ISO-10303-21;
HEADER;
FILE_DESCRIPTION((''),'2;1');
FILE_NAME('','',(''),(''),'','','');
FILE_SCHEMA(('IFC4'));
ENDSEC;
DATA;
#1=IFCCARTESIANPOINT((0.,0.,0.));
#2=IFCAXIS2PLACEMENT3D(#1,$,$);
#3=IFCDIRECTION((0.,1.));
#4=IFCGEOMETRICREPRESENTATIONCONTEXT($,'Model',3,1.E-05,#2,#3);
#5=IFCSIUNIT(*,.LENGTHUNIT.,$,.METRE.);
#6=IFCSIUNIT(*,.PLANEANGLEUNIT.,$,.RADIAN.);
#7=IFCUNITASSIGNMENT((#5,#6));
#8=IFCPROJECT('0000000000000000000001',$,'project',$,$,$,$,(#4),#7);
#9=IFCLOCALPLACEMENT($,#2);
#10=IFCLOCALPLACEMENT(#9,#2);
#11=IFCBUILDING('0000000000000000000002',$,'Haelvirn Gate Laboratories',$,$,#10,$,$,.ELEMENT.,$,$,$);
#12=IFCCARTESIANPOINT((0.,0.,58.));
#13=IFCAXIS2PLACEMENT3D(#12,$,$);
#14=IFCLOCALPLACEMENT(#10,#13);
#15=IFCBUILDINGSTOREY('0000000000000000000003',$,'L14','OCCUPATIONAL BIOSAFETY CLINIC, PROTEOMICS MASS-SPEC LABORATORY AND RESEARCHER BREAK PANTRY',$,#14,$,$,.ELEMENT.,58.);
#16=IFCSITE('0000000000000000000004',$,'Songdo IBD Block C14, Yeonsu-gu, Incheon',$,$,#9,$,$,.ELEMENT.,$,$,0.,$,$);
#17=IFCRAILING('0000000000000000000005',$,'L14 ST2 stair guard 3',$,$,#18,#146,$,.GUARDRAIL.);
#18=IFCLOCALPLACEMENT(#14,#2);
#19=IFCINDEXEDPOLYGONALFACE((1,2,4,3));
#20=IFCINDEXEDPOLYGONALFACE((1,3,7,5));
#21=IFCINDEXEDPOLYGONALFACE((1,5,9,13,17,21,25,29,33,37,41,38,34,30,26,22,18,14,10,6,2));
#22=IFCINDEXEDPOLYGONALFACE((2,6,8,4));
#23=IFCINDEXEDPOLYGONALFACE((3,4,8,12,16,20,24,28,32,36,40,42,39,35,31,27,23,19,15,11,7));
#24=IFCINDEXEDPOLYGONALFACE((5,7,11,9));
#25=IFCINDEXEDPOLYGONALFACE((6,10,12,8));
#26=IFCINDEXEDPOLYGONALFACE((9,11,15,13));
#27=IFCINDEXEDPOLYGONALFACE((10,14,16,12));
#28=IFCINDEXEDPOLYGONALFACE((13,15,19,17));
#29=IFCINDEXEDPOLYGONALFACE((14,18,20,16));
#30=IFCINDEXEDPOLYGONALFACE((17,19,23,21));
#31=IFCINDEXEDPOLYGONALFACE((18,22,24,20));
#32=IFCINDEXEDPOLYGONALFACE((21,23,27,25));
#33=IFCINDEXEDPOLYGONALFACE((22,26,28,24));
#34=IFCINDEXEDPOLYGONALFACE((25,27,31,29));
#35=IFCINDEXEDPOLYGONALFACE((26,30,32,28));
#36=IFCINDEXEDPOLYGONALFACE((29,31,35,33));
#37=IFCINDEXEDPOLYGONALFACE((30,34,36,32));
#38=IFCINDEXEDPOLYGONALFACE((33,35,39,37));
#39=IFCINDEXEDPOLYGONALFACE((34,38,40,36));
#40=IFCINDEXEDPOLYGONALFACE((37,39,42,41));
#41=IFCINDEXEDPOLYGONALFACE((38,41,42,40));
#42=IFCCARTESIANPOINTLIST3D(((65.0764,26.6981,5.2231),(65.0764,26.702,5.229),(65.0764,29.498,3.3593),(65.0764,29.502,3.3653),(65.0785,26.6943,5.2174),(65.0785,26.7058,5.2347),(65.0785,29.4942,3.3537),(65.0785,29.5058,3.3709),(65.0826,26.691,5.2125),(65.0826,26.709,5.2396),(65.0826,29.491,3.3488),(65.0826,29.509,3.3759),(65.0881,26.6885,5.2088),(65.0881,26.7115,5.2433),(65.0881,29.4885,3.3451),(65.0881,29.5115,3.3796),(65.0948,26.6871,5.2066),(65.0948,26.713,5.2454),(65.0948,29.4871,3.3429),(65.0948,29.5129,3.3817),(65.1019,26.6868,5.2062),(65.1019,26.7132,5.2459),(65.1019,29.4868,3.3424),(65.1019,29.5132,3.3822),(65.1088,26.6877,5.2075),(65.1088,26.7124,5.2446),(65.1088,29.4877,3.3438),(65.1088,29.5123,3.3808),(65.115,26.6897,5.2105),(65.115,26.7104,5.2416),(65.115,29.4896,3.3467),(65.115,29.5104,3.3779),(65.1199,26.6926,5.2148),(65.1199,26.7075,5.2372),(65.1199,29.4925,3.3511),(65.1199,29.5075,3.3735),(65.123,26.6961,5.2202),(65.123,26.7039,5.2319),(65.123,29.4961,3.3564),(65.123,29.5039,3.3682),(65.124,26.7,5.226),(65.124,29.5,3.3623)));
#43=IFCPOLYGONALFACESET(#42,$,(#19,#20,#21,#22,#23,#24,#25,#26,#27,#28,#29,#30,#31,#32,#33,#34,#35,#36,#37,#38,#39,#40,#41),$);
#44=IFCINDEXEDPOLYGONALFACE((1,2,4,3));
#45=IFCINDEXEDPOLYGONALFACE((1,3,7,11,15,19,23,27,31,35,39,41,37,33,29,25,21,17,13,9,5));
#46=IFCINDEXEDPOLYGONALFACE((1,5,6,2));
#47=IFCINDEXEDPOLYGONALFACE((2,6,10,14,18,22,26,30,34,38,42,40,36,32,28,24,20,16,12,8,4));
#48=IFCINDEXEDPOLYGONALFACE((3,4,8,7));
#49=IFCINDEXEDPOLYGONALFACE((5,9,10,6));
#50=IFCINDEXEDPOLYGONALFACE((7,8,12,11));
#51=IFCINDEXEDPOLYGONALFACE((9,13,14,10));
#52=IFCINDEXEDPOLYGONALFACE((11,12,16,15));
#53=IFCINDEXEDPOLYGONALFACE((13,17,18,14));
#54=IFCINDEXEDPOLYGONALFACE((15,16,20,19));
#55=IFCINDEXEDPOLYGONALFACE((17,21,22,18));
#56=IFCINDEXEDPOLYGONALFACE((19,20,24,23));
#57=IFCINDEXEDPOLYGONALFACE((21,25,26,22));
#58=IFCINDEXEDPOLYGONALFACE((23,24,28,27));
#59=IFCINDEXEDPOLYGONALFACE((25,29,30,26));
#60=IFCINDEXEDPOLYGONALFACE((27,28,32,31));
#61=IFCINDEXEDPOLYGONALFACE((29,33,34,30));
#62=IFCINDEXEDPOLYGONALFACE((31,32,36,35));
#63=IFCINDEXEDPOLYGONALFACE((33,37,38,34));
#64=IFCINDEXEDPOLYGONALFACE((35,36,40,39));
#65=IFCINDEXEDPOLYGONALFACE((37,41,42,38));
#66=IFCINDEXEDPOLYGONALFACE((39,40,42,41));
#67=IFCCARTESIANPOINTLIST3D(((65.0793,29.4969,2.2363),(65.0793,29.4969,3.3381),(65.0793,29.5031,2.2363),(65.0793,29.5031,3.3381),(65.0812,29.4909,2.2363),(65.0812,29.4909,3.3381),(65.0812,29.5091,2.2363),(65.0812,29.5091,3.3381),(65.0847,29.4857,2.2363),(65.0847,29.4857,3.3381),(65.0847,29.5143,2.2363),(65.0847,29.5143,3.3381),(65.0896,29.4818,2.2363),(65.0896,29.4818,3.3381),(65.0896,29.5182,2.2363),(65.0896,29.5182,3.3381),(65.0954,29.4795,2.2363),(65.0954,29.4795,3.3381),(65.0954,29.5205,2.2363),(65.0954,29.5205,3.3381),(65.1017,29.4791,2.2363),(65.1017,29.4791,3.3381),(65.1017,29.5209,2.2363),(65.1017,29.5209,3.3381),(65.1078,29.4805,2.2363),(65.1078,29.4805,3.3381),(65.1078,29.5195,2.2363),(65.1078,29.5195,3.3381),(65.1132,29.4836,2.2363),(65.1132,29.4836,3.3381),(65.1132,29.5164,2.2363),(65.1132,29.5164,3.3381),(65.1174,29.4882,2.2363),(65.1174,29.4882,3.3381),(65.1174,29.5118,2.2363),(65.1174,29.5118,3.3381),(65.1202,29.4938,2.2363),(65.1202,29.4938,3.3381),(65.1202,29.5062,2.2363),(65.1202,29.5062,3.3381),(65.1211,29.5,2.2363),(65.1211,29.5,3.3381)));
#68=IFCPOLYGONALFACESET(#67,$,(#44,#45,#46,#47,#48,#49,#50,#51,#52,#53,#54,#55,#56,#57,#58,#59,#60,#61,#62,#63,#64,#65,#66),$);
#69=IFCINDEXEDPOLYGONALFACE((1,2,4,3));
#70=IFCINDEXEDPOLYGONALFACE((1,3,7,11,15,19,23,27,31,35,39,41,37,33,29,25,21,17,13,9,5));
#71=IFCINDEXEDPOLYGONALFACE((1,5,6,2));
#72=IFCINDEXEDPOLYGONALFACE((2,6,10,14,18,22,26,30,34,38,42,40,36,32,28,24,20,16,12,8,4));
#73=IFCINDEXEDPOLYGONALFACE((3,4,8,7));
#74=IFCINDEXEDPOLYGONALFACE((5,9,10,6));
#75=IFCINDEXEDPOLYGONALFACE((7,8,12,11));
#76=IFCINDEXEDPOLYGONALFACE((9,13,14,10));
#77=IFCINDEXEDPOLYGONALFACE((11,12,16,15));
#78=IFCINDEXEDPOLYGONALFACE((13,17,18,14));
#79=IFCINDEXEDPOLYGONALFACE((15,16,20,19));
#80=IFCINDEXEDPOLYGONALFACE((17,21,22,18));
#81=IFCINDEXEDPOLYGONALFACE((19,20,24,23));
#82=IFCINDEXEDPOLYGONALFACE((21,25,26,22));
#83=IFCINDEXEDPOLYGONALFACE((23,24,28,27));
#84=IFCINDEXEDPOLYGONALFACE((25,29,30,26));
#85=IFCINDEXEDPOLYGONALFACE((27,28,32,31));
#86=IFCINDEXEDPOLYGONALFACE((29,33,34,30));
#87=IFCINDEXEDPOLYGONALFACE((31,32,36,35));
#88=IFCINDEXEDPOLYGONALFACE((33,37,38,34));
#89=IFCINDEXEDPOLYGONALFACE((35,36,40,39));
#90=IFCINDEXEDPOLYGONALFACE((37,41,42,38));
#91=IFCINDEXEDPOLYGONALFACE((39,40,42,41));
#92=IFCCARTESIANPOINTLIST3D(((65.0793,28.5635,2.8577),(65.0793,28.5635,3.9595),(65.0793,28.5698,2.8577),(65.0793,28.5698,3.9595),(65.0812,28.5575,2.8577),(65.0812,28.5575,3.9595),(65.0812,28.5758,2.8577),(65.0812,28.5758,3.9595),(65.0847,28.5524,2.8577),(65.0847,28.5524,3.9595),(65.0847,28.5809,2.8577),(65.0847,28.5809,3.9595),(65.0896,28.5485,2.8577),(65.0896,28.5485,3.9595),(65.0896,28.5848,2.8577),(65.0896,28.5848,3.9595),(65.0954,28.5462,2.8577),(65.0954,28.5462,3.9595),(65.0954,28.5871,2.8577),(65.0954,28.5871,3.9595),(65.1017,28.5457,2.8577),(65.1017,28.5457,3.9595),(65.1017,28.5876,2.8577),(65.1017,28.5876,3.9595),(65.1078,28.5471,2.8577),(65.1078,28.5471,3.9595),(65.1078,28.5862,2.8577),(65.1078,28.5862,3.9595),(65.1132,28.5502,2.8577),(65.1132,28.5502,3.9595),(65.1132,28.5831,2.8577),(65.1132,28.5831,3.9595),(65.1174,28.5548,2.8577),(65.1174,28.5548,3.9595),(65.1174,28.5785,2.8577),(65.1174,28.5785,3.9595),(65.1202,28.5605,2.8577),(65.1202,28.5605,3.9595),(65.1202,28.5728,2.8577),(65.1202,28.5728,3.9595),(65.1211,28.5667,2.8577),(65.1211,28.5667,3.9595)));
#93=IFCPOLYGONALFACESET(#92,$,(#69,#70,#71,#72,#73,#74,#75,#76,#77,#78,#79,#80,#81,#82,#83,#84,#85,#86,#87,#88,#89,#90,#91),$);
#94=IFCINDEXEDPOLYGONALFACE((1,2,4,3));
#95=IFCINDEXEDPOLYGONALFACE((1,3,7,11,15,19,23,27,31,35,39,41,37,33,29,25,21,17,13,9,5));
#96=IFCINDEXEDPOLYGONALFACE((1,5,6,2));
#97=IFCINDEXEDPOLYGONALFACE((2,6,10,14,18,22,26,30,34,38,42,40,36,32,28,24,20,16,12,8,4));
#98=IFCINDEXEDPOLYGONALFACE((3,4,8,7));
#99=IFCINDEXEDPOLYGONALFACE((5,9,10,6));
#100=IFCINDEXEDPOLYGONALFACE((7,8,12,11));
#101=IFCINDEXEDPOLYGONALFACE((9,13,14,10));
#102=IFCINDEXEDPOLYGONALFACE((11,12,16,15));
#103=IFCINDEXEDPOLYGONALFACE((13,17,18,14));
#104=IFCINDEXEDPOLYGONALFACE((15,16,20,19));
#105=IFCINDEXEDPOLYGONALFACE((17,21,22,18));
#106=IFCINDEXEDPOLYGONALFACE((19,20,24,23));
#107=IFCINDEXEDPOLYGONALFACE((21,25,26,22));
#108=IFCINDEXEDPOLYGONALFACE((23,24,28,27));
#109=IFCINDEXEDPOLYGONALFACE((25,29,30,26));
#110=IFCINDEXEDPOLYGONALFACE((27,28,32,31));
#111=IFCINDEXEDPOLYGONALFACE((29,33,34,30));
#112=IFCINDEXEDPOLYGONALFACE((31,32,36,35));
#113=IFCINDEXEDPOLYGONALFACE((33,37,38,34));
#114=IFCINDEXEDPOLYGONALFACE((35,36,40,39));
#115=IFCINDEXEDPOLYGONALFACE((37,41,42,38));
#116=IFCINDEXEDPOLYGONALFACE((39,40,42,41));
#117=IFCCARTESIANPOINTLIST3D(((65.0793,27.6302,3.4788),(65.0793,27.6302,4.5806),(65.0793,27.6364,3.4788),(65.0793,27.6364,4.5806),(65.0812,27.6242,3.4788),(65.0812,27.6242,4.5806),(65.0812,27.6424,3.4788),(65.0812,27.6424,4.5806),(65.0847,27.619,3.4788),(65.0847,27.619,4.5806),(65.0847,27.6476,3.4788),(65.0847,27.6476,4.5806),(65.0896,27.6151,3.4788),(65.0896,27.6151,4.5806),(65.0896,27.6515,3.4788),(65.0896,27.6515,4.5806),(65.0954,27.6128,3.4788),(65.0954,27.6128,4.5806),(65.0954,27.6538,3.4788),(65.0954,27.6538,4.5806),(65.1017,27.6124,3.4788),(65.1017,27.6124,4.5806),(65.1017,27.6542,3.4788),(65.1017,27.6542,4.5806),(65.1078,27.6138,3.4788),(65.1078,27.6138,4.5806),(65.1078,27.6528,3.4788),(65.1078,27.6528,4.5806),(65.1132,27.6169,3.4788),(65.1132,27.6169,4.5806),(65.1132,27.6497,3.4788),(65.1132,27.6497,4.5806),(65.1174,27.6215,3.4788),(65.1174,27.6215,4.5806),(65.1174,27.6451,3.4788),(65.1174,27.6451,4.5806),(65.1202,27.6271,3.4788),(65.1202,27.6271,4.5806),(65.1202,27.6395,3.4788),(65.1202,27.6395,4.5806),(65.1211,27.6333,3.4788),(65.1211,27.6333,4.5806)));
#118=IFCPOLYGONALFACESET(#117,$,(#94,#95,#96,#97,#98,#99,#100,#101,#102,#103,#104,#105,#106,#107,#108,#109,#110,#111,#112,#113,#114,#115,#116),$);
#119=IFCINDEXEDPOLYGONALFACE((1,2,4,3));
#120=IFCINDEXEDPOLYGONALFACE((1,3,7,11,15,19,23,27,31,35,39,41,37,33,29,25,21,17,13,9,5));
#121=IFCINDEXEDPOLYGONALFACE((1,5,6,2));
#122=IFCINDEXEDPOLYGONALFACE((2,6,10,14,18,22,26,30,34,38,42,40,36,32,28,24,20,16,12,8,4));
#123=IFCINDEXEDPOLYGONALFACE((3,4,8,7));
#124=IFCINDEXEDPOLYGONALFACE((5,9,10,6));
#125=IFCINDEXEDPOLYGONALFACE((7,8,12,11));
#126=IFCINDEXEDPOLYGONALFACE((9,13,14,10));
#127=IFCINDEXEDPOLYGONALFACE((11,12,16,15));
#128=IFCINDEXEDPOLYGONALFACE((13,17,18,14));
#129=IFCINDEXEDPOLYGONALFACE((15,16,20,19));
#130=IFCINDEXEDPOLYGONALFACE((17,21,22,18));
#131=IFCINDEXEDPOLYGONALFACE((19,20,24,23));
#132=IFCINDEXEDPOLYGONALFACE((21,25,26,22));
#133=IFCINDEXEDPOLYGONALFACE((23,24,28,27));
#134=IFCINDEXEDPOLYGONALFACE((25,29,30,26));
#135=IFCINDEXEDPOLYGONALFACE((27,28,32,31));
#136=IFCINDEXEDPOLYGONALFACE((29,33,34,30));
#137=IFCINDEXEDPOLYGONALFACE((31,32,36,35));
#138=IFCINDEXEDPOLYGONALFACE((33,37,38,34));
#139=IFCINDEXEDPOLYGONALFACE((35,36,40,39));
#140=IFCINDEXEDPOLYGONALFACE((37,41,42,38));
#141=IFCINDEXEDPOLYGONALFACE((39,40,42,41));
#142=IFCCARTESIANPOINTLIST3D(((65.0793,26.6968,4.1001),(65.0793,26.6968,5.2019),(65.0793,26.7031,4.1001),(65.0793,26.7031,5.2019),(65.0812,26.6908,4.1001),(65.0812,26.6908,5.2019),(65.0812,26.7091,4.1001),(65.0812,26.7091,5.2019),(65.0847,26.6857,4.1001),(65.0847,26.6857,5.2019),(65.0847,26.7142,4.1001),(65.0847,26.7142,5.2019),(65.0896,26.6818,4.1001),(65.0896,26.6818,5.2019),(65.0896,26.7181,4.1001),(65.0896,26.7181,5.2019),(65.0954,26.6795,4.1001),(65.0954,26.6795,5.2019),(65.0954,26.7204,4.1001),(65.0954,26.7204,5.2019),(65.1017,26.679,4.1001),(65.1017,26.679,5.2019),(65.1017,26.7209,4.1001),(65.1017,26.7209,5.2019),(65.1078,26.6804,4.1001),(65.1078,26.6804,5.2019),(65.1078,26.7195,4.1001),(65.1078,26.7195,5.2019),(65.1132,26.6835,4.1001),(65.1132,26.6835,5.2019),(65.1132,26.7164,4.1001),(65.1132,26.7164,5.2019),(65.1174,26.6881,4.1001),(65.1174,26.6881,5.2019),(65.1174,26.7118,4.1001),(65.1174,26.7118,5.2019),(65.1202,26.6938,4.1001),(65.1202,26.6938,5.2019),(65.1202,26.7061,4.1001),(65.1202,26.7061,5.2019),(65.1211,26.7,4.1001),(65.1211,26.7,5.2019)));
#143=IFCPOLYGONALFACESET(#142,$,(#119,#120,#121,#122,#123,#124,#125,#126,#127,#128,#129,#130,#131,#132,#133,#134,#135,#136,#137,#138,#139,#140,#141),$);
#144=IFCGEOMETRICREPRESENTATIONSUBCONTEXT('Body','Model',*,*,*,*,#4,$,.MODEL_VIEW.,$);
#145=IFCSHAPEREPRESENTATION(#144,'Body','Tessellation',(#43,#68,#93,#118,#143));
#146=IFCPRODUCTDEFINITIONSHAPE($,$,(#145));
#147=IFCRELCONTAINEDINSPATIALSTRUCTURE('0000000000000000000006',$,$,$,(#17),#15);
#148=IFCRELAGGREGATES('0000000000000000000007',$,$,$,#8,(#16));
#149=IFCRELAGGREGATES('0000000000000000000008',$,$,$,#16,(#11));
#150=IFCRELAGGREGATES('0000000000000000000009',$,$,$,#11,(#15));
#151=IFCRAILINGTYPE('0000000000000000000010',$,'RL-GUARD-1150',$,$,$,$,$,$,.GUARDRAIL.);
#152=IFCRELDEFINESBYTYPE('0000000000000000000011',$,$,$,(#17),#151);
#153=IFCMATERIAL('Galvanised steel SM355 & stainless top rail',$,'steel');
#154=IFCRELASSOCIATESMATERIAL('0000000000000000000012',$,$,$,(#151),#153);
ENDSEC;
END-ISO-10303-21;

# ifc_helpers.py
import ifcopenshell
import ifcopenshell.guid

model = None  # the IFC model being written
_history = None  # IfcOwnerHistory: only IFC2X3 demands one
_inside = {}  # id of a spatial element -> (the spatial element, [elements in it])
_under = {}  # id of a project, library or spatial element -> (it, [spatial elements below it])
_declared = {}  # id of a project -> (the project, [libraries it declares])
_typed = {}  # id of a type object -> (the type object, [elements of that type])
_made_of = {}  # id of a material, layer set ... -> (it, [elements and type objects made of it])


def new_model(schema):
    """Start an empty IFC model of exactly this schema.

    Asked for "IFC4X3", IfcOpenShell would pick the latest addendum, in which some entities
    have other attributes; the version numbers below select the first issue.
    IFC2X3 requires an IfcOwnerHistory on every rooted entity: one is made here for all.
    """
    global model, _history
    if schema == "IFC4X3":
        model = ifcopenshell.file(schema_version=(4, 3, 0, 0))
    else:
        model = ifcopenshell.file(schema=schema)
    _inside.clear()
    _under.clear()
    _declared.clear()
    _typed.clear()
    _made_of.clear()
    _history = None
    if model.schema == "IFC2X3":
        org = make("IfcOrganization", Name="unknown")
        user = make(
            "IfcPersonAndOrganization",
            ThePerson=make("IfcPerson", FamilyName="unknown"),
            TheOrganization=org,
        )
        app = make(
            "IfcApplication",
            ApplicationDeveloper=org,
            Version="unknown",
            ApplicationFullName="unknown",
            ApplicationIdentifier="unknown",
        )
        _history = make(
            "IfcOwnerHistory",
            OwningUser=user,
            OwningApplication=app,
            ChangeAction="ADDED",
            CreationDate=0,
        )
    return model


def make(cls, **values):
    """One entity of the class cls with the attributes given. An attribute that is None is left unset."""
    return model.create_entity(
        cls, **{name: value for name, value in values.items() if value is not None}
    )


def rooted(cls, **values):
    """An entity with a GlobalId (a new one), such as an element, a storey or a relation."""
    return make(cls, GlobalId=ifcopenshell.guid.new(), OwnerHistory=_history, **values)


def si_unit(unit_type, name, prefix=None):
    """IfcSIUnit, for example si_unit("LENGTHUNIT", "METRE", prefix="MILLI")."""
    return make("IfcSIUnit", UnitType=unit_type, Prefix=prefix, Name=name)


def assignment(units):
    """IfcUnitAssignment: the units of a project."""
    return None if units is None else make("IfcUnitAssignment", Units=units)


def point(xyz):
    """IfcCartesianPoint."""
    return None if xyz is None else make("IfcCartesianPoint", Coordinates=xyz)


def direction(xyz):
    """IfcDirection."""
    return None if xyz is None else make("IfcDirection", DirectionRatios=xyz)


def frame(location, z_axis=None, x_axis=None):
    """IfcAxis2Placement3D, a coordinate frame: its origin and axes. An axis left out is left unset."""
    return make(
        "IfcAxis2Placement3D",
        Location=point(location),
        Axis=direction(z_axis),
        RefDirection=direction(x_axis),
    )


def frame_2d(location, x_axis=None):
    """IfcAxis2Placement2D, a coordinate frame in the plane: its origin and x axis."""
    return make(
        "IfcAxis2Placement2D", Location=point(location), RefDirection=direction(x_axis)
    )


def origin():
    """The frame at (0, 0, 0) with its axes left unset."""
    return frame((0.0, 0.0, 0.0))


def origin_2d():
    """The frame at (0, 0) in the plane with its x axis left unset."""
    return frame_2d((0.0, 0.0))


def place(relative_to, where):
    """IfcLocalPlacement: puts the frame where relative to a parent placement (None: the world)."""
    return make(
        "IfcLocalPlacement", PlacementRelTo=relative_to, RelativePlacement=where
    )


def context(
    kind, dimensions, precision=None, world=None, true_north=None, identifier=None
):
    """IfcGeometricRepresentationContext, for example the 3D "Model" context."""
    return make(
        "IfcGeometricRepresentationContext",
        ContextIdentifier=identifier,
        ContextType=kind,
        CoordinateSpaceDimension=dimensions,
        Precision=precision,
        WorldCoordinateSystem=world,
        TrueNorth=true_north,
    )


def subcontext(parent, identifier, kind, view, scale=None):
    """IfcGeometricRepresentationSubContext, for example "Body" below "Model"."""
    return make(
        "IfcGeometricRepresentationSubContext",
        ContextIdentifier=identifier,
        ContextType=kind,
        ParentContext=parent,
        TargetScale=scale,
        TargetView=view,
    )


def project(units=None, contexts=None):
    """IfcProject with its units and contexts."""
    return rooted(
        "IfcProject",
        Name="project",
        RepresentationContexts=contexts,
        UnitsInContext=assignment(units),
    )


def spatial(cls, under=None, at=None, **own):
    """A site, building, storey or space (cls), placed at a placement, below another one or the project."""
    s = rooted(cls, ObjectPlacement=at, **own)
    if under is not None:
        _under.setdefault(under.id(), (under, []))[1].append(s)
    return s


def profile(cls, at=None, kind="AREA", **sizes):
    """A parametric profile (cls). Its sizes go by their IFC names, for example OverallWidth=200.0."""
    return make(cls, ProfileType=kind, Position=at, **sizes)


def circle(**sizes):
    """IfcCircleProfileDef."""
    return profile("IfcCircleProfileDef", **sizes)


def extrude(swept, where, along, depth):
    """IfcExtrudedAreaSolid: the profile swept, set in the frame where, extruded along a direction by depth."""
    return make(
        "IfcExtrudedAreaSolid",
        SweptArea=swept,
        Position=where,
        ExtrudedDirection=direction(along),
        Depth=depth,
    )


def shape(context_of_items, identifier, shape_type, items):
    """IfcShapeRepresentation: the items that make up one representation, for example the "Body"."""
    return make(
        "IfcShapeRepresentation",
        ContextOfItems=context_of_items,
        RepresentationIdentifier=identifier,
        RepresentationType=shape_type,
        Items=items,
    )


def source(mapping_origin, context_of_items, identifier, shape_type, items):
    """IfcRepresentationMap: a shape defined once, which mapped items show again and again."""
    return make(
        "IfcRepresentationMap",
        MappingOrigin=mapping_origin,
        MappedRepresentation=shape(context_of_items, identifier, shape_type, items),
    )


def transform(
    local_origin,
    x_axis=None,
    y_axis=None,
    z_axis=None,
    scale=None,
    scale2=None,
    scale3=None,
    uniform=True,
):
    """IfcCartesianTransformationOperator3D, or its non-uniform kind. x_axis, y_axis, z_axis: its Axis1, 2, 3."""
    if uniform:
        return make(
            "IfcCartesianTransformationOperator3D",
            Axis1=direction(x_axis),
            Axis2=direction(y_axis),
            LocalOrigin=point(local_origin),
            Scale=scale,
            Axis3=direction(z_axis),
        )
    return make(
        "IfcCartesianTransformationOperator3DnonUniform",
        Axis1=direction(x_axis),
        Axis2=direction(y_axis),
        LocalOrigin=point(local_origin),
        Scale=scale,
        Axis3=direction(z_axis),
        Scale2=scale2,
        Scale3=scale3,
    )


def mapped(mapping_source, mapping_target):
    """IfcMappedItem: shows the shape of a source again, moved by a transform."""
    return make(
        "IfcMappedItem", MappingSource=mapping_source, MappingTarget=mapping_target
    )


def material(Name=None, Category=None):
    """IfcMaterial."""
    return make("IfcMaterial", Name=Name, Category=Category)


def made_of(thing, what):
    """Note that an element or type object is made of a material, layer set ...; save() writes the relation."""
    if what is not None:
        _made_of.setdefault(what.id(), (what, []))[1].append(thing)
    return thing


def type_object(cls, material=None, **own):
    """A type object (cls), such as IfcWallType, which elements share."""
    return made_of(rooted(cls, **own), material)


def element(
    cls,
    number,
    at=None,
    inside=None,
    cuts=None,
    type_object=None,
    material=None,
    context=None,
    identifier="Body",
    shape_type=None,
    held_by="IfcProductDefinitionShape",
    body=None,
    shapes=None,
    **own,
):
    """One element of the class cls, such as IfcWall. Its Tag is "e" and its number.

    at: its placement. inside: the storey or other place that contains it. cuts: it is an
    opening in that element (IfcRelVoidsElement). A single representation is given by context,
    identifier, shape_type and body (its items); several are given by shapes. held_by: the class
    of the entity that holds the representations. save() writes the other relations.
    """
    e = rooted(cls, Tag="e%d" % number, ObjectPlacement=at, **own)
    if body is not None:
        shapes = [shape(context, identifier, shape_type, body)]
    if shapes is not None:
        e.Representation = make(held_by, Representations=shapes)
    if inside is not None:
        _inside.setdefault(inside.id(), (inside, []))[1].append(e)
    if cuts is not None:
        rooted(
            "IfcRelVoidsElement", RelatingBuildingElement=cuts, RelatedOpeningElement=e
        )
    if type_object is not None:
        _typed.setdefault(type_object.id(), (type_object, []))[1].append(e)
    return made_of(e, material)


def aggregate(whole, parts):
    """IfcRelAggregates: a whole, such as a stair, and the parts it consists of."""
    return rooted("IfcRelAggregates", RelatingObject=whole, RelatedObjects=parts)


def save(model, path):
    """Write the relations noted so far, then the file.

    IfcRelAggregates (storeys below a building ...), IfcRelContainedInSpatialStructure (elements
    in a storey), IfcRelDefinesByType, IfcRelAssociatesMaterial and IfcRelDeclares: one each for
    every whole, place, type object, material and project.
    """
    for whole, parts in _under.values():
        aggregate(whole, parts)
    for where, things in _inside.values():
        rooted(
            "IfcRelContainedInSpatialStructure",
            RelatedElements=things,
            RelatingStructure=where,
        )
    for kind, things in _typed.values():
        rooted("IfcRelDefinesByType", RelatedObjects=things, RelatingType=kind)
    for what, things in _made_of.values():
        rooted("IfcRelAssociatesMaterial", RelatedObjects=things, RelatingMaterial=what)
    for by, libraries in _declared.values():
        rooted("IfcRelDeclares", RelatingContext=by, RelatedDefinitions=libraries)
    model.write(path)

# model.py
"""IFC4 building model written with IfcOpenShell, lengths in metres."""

from ifc_helpers import new_model, si_unit, direction, frame, origin, origin_2d, place, context, subcontext, project, spatial, circle, extrude, source, transform, mapped, material, type_object, element, save


model = new_model("IFC4")

# Units and contexts
model_context = context("Model", 3, precision=1e-05, world=origin(), true_north=direction((0.0, 1.0)))
body_context = subcontext(model_context, "Body", "Model", "MODEL_VIEW")
ifc_project = project(units=[si_unit("LENGTHUNIT", "METRE"), si_unit("PLANEANGLEUNIT", "RADIAN")], contexts=[model_context])

# Site, building, storey
site_placement = place(None, origin())
site = spatial("IfcSite", under=ifc_project, at=site_placement, Name="Songdo IBD Block C14, Yeonsu-gu, Incheon", CompositionType="ELEMENT", RefElevation=0.0)
building_placement = place(site_placement, origin())
building = spatial("IfcBuilding", under=site, at=building_placement, Name="Haelvirn Gate Laboratories", CompositionType="ELEMENT")
storey_placement = place(building_placement, frame((0.0, 0.0, 58.0)))
storey = spatial("IfcBuildingStorey", under=building, at=storey_placement, Name="L14", Description="OCCUPATIONAL BIOSAFETY CLINIC, PROTEOMICS MASS-SPEC LABORATORY AND RESEARCHER BREAK PANTRY", CompositionType="ELEMENT", Elevation=58.0)

# Railing
ifc_material_1 = material(Name="Galvanised steel SM355 & stainless top rail", Category="steel")
railing_type_1 = type_object("IfcRailingType", Name="RL-GUARD-1150", PredefinedType="GUARDRAIL", material=ifc_material_1)
shared_shape_1 = source(origin(), body_context, "Body", "SweptSolid", [
    extrude(circle(Radius=0.0239, at=origin_2d()), frame((0.0, 0.0, 1.126), z_axis=(0.0, -0.832452, 0.554097), x_axis=(1.0, 0.0, 0.0)), (0.0, 0.0, 1.0), 3.3635),
    extrude(circle(Radius=0.021, at=origin_2d()), origin(), (0.0, 0.0, 1.0), 1.1018),
    extrude(circle(Radius=0.021, at=origin_2d()), frame((0.0, -0.9333, 0.6213)), (0.0, 0.0, 1.0), 1.1018),
    extrude(circle(Radius=0.021, at=origin_2d()), frame((0.0, -1.8667, 1.2424)), (0.0, 0.0, 1.0), 1.1018),
    extrude(circle(Radius=0.021, at=origin_2d()), frame((0.0, -2.8, 1.8638)), (0.0, 0.0, 1.0), 1.1018),
])
railing_1_placement = place(storey_placement, frame((65.1001, 29.5, 2.2363)))
element("IfcRailing", 1, at=railing_1_placement, inside=storey, type_object=railing_type_1, Name="L14 ST2 stair guard 3", PredefinedType="GUARDRAIL", context=body_context, shape_type="MappedRepresentation", body=[
    mapped(shared_shape_1, transform((0.0, 0.0, 0.0), scale=1.0)),
])

save(model, "model.ifc")
